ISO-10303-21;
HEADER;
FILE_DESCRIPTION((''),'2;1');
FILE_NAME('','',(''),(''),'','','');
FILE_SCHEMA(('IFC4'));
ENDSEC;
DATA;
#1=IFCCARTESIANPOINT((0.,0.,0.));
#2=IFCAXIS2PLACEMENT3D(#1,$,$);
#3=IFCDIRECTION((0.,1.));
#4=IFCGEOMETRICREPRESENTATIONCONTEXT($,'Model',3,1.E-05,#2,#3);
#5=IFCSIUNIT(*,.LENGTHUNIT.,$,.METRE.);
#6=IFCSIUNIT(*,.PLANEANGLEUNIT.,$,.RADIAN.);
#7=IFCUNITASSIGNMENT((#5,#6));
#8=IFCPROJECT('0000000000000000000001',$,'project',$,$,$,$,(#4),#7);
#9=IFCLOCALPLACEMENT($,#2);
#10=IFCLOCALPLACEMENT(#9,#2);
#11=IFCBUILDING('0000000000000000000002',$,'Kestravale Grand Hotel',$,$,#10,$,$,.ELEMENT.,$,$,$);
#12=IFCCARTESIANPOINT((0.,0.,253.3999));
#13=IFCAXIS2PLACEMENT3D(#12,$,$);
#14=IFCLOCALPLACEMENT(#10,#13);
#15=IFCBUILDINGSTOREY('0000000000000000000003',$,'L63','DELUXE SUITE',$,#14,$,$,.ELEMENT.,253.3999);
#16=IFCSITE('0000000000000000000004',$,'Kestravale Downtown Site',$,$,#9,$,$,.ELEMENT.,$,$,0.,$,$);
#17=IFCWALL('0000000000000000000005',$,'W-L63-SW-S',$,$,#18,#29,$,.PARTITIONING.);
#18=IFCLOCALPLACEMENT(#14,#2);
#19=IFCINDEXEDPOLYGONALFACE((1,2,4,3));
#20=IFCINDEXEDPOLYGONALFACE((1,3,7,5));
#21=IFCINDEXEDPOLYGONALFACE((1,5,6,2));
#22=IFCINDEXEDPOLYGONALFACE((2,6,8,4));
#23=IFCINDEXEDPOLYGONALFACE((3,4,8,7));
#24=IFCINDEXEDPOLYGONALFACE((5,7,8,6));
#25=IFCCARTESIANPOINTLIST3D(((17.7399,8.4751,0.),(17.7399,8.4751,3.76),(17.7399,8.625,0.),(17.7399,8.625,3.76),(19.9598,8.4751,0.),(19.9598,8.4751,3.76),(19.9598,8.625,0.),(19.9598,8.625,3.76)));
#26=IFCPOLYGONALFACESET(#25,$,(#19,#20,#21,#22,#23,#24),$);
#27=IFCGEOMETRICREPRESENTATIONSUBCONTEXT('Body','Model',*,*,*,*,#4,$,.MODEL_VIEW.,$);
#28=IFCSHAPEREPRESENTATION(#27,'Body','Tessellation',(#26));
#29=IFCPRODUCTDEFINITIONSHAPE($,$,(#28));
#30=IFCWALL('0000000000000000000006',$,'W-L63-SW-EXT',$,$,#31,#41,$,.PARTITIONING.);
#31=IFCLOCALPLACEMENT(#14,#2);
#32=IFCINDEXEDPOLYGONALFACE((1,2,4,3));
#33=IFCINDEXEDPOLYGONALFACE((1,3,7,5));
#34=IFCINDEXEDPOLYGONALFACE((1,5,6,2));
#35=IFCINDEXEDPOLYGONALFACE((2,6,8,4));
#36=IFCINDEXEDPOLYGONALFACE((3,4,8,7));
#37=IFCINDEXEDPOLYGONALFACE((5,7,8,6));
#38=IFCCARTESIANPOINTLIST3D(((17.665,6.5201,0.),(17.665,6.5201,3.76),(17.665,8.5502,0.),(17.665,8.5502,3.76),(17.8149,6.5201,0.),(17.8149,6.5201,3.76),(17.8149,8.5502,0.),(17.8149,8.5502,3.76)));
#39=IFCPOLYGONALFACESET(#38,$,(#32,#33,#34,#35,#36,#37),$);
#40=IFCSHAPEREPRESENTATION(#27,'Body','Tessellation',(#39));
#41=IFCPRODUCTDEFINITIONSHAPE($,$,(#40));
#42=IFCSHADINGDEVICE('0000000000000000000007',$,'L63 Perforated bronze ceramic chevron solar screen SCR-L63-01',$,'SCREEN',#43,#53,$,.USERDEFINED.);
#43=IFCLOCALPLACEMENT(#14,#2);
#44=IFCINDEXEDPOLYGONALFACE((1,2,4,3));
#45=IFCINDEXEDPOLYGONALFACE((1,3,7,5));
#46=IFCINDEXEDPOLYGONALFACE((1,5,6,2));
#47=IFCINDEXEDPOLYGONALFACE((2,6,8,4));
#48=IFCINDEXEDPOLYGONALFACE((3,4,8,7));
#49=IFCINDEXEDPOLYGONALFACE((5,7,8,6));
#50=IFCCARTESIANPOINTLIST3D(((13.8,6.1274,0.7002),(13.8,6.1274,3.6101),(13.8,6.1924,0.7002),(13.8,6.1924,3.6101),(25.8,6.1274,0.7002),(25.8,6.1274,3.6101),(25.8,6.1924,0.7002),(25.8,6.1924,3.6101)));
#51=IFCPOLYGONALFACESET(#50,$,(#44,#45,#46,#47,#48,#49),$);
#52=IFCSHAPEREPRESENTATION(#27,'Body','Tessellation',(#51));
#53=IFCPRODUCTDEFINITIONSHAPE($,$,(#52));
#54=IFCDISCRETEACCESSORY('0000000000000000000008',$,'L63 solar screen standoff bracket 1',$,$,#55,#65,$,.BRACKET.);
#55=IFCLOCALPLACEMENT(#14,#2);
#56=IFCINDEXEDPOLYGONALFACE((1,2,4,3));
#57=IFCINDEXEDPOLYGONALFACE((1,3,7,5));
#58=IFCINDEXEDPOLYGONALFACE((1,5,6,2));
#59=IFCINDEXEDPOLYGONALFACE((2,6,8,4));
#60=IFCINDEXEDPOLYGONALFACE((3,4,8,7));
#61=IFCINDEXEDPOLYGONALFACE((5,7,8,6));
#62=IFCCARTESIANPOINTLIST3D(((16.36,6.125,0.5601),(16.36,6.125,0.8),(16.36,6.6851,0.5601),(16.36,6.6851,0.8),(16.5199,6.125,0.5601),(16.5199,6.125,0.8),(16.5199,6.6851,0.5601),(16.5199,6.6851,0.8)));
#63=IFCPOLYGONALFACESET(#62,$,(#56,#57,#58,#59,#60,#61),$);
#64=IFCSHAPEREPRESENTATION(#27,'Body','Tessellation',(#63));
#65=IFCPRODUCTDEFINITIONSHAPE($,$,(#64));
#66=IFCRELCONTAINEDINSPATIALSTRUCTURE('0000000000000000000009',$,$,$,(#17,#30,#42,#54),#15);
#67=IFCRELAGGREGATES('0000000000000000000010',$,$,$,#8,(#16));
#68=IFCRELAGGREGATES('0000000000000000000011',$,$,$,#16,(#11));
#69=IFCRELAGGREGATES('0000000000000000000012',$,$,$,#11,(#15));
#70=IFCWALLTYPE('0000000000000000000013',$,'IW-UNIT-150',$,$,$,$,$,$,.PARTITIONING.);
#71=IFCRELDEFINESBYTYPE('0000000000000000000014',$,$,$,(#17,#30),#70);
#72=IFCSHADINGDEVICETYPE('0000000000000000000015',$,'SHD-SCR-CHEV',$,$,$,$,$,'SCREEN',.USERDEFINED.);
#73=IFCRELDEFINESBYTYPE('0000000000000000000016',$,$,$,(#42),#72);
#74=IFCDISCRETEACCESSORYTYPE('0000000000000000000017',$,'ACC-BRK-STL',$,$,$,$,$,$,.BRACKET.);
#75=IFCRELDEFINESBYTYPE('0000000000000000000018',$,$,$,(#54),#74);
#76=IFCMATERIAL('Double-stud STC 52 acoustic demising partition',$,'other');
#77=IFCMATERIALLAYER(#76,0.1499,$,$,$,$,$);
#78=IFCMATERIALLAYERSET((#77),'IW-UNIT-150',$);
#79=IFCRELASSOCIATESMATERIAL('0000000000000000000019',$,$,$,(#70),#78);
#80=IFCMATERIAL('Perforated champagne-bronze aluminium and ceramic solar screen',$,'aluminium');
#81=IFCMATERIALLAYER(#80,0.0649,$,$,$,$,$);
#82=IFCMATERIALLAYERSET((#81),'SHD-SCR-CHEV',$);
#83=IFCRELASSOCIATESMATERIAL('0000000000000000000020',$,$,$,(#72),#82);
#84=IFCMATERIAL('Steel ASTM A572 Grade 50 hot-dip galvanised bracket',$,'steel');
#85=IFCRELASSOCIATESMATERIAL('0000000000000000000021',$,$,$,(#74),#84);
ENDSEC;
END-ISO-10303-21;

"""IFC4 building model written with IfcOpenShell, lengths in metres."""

from ifc_helpers import new_model, si_unit, direction, frame, frame_2d, origin, origin_2d, place, context, subcontext, project, spatial, rectangle, extrude, material, layer, layer_set, type_object, element, save


model = new_model("IFC4")

# Units and contexts
model_context = context("Model", 3, precision=1e-05, world=origin(), true_north=direction((0.0, 1.0)))
body_context = subcontext(model_context, "Body", "Model", "MODEL_VIEW")
ifc_project = project(units=[si_unit("LENGTHUNIT", "METRE"), si_unit("PLANEANGLEUNIT", "RADIAN")], contexts=[model_context])

# Site, building, storey
site_placement = place(None, origin())
site = spatial("IfcSite", under=ifc_project, at=site_placement, Name="Kestravale Downtown Site", CompositionType="ELEMENT", RefElevation=0.0)
building_placement = place(site_placement, origin())
building = spatial("IfcBuilding", under=site, at=building_placement, Name="Kestravale Grand Hotel", CompositionType="ELEMENT")
storey_placement = place(building_placement, frame((0.0, 0.0, 253.3999)))
storey = spatial("IfcBuildingStorey", under=building, at=storey_placement, Name="L63", Description="DELUXE SUITE", CompositionType="ELEMENT", Elevation=253.3999)

# Walls
ifc_material_1 = material(Name="Double-stud STC 52 acoustic demising partition", Category="other")
ifc_layer_1 = layer(ifc_material_1, 0.1499)
ifc_layer_set_1 = layer_set([ifc_layer_1], Name="IW-UNIT-150")
wall_type_1 = type_object("IfcWallType", Name="IW-UNIT-150", PredefinedType="PARTITIONING", material=ifc_layer_set_1)
wall_1_placement = place(storey_placement, frame((17.74, 8.55, 0.0), z_axis=(0.0, 0.0, 1.0), x_axis=(1.0, 0.0, 0.0)))
element("IfcWall", 1, at=wall_1_placement, inside=storey, type_object=wall_type_1, Name="W-L63-SW-S", PredefinedType="PARTITIONING", context=body_context, shape_type="SweptSolid", body=[
    extrude(rectangle(XDim=2.22, YDim=0.1499, at=frame_2d((1.1099, 0.0))), origin(), (0.0, 0.0, 1.0), 3.76),
])
wall_2_placement = place(storey_placement, frame((17.74, 6.52, 0.0), z_axis=(0.0, 0.0, 1.0), x_axis=(0.0, 1.0, 0.0)))
element("IfcWall", 2, at=wall_2_placement, inside=storey, type_object=wall_type_1, Name="W-L63-SW-EXT", PredefinedType="PARTITIONING", context=body_context, shape_type="SweptSolid", body=[
    extrude(rectangle(XDim=2.03, YDim=0.1499, at=frame_2d((1.0151, 0.0))), origin(), (0.0, 0.0, 1.0), 3.76),
])

# Shading device
ifc_material_2 = material(Name="Perforated champagne-bronze aluminium and ceramic solar screen", Category="aluminium")
ifc_layer_2 = layer(ifc_material_2, 0.0649)
ifc_layer_set_2 = layer_set([ifc_layer_2], Name="SHD-SCR-CHEV")
shading_device_type = type_object("IfcShadingDeviceType", Name="SHD-SCR-CHEV", ElementType="SCREEN", PredefinedType="USERDEFINED", material=ifc_layer_set_2)
shading_device_placement = place(storey_placement, frame((19.8, 6.1599, 0.7002), z_axis=(0.0, 0.0, 1.0), x_axis=(1.0, 0.0, 0.0)))
element("IfcShadingDevice", 3, at=shading_device_placement, inside=storey, type_object=shading_device_type, Name="L63 Perforated bronze ceramic chevron solar screen SCR-L63-01", ObjectType="SCREEN", PredefinedType="USERDEFINED", context=body_context, shape_type="SweptSolid", body=[
    extrude(rectangle(XDim=12.0, YDim=0.0649, at=origin_2d()), origin(), (0.0, 0.0, 1.0), 2.9099),
])

# Discrete accessory
ifc_material_3 = material(Name="Steel ASTM A572 Grade 50 hot-dip galvanised bracket", Category="steel")
discrete_accessory_type = type_object("IfcDiscreteAccessoryType", Name="ACC-BRK-STL", PredefinedType="BRACKET", material=ifc_material_3)
discrete_accessory_placement = place(storey_placement, frame((16.4399, 6.405, 0.5601), z_axis=(0.0, 0.0, 1.0), x_axis=(1.0, 0.0, 0.0)))
element("IfcDiscreteAccessory", 4, at=discrete_accessory_placement, inside=storey, type_object=discrete_accessory_type, Name="L63 solar screen standoff bracket 1", PredefinedType="BRACKET", context=body_context, shape_type="SweptSolid", body=[
    extrude(rectangle(XDim=0.1599, YDim=0.5601, at=origin_2d()), origin(), (0.0, 0.0, 1.0), 0.24),
])

save(model, "model.ifc")
